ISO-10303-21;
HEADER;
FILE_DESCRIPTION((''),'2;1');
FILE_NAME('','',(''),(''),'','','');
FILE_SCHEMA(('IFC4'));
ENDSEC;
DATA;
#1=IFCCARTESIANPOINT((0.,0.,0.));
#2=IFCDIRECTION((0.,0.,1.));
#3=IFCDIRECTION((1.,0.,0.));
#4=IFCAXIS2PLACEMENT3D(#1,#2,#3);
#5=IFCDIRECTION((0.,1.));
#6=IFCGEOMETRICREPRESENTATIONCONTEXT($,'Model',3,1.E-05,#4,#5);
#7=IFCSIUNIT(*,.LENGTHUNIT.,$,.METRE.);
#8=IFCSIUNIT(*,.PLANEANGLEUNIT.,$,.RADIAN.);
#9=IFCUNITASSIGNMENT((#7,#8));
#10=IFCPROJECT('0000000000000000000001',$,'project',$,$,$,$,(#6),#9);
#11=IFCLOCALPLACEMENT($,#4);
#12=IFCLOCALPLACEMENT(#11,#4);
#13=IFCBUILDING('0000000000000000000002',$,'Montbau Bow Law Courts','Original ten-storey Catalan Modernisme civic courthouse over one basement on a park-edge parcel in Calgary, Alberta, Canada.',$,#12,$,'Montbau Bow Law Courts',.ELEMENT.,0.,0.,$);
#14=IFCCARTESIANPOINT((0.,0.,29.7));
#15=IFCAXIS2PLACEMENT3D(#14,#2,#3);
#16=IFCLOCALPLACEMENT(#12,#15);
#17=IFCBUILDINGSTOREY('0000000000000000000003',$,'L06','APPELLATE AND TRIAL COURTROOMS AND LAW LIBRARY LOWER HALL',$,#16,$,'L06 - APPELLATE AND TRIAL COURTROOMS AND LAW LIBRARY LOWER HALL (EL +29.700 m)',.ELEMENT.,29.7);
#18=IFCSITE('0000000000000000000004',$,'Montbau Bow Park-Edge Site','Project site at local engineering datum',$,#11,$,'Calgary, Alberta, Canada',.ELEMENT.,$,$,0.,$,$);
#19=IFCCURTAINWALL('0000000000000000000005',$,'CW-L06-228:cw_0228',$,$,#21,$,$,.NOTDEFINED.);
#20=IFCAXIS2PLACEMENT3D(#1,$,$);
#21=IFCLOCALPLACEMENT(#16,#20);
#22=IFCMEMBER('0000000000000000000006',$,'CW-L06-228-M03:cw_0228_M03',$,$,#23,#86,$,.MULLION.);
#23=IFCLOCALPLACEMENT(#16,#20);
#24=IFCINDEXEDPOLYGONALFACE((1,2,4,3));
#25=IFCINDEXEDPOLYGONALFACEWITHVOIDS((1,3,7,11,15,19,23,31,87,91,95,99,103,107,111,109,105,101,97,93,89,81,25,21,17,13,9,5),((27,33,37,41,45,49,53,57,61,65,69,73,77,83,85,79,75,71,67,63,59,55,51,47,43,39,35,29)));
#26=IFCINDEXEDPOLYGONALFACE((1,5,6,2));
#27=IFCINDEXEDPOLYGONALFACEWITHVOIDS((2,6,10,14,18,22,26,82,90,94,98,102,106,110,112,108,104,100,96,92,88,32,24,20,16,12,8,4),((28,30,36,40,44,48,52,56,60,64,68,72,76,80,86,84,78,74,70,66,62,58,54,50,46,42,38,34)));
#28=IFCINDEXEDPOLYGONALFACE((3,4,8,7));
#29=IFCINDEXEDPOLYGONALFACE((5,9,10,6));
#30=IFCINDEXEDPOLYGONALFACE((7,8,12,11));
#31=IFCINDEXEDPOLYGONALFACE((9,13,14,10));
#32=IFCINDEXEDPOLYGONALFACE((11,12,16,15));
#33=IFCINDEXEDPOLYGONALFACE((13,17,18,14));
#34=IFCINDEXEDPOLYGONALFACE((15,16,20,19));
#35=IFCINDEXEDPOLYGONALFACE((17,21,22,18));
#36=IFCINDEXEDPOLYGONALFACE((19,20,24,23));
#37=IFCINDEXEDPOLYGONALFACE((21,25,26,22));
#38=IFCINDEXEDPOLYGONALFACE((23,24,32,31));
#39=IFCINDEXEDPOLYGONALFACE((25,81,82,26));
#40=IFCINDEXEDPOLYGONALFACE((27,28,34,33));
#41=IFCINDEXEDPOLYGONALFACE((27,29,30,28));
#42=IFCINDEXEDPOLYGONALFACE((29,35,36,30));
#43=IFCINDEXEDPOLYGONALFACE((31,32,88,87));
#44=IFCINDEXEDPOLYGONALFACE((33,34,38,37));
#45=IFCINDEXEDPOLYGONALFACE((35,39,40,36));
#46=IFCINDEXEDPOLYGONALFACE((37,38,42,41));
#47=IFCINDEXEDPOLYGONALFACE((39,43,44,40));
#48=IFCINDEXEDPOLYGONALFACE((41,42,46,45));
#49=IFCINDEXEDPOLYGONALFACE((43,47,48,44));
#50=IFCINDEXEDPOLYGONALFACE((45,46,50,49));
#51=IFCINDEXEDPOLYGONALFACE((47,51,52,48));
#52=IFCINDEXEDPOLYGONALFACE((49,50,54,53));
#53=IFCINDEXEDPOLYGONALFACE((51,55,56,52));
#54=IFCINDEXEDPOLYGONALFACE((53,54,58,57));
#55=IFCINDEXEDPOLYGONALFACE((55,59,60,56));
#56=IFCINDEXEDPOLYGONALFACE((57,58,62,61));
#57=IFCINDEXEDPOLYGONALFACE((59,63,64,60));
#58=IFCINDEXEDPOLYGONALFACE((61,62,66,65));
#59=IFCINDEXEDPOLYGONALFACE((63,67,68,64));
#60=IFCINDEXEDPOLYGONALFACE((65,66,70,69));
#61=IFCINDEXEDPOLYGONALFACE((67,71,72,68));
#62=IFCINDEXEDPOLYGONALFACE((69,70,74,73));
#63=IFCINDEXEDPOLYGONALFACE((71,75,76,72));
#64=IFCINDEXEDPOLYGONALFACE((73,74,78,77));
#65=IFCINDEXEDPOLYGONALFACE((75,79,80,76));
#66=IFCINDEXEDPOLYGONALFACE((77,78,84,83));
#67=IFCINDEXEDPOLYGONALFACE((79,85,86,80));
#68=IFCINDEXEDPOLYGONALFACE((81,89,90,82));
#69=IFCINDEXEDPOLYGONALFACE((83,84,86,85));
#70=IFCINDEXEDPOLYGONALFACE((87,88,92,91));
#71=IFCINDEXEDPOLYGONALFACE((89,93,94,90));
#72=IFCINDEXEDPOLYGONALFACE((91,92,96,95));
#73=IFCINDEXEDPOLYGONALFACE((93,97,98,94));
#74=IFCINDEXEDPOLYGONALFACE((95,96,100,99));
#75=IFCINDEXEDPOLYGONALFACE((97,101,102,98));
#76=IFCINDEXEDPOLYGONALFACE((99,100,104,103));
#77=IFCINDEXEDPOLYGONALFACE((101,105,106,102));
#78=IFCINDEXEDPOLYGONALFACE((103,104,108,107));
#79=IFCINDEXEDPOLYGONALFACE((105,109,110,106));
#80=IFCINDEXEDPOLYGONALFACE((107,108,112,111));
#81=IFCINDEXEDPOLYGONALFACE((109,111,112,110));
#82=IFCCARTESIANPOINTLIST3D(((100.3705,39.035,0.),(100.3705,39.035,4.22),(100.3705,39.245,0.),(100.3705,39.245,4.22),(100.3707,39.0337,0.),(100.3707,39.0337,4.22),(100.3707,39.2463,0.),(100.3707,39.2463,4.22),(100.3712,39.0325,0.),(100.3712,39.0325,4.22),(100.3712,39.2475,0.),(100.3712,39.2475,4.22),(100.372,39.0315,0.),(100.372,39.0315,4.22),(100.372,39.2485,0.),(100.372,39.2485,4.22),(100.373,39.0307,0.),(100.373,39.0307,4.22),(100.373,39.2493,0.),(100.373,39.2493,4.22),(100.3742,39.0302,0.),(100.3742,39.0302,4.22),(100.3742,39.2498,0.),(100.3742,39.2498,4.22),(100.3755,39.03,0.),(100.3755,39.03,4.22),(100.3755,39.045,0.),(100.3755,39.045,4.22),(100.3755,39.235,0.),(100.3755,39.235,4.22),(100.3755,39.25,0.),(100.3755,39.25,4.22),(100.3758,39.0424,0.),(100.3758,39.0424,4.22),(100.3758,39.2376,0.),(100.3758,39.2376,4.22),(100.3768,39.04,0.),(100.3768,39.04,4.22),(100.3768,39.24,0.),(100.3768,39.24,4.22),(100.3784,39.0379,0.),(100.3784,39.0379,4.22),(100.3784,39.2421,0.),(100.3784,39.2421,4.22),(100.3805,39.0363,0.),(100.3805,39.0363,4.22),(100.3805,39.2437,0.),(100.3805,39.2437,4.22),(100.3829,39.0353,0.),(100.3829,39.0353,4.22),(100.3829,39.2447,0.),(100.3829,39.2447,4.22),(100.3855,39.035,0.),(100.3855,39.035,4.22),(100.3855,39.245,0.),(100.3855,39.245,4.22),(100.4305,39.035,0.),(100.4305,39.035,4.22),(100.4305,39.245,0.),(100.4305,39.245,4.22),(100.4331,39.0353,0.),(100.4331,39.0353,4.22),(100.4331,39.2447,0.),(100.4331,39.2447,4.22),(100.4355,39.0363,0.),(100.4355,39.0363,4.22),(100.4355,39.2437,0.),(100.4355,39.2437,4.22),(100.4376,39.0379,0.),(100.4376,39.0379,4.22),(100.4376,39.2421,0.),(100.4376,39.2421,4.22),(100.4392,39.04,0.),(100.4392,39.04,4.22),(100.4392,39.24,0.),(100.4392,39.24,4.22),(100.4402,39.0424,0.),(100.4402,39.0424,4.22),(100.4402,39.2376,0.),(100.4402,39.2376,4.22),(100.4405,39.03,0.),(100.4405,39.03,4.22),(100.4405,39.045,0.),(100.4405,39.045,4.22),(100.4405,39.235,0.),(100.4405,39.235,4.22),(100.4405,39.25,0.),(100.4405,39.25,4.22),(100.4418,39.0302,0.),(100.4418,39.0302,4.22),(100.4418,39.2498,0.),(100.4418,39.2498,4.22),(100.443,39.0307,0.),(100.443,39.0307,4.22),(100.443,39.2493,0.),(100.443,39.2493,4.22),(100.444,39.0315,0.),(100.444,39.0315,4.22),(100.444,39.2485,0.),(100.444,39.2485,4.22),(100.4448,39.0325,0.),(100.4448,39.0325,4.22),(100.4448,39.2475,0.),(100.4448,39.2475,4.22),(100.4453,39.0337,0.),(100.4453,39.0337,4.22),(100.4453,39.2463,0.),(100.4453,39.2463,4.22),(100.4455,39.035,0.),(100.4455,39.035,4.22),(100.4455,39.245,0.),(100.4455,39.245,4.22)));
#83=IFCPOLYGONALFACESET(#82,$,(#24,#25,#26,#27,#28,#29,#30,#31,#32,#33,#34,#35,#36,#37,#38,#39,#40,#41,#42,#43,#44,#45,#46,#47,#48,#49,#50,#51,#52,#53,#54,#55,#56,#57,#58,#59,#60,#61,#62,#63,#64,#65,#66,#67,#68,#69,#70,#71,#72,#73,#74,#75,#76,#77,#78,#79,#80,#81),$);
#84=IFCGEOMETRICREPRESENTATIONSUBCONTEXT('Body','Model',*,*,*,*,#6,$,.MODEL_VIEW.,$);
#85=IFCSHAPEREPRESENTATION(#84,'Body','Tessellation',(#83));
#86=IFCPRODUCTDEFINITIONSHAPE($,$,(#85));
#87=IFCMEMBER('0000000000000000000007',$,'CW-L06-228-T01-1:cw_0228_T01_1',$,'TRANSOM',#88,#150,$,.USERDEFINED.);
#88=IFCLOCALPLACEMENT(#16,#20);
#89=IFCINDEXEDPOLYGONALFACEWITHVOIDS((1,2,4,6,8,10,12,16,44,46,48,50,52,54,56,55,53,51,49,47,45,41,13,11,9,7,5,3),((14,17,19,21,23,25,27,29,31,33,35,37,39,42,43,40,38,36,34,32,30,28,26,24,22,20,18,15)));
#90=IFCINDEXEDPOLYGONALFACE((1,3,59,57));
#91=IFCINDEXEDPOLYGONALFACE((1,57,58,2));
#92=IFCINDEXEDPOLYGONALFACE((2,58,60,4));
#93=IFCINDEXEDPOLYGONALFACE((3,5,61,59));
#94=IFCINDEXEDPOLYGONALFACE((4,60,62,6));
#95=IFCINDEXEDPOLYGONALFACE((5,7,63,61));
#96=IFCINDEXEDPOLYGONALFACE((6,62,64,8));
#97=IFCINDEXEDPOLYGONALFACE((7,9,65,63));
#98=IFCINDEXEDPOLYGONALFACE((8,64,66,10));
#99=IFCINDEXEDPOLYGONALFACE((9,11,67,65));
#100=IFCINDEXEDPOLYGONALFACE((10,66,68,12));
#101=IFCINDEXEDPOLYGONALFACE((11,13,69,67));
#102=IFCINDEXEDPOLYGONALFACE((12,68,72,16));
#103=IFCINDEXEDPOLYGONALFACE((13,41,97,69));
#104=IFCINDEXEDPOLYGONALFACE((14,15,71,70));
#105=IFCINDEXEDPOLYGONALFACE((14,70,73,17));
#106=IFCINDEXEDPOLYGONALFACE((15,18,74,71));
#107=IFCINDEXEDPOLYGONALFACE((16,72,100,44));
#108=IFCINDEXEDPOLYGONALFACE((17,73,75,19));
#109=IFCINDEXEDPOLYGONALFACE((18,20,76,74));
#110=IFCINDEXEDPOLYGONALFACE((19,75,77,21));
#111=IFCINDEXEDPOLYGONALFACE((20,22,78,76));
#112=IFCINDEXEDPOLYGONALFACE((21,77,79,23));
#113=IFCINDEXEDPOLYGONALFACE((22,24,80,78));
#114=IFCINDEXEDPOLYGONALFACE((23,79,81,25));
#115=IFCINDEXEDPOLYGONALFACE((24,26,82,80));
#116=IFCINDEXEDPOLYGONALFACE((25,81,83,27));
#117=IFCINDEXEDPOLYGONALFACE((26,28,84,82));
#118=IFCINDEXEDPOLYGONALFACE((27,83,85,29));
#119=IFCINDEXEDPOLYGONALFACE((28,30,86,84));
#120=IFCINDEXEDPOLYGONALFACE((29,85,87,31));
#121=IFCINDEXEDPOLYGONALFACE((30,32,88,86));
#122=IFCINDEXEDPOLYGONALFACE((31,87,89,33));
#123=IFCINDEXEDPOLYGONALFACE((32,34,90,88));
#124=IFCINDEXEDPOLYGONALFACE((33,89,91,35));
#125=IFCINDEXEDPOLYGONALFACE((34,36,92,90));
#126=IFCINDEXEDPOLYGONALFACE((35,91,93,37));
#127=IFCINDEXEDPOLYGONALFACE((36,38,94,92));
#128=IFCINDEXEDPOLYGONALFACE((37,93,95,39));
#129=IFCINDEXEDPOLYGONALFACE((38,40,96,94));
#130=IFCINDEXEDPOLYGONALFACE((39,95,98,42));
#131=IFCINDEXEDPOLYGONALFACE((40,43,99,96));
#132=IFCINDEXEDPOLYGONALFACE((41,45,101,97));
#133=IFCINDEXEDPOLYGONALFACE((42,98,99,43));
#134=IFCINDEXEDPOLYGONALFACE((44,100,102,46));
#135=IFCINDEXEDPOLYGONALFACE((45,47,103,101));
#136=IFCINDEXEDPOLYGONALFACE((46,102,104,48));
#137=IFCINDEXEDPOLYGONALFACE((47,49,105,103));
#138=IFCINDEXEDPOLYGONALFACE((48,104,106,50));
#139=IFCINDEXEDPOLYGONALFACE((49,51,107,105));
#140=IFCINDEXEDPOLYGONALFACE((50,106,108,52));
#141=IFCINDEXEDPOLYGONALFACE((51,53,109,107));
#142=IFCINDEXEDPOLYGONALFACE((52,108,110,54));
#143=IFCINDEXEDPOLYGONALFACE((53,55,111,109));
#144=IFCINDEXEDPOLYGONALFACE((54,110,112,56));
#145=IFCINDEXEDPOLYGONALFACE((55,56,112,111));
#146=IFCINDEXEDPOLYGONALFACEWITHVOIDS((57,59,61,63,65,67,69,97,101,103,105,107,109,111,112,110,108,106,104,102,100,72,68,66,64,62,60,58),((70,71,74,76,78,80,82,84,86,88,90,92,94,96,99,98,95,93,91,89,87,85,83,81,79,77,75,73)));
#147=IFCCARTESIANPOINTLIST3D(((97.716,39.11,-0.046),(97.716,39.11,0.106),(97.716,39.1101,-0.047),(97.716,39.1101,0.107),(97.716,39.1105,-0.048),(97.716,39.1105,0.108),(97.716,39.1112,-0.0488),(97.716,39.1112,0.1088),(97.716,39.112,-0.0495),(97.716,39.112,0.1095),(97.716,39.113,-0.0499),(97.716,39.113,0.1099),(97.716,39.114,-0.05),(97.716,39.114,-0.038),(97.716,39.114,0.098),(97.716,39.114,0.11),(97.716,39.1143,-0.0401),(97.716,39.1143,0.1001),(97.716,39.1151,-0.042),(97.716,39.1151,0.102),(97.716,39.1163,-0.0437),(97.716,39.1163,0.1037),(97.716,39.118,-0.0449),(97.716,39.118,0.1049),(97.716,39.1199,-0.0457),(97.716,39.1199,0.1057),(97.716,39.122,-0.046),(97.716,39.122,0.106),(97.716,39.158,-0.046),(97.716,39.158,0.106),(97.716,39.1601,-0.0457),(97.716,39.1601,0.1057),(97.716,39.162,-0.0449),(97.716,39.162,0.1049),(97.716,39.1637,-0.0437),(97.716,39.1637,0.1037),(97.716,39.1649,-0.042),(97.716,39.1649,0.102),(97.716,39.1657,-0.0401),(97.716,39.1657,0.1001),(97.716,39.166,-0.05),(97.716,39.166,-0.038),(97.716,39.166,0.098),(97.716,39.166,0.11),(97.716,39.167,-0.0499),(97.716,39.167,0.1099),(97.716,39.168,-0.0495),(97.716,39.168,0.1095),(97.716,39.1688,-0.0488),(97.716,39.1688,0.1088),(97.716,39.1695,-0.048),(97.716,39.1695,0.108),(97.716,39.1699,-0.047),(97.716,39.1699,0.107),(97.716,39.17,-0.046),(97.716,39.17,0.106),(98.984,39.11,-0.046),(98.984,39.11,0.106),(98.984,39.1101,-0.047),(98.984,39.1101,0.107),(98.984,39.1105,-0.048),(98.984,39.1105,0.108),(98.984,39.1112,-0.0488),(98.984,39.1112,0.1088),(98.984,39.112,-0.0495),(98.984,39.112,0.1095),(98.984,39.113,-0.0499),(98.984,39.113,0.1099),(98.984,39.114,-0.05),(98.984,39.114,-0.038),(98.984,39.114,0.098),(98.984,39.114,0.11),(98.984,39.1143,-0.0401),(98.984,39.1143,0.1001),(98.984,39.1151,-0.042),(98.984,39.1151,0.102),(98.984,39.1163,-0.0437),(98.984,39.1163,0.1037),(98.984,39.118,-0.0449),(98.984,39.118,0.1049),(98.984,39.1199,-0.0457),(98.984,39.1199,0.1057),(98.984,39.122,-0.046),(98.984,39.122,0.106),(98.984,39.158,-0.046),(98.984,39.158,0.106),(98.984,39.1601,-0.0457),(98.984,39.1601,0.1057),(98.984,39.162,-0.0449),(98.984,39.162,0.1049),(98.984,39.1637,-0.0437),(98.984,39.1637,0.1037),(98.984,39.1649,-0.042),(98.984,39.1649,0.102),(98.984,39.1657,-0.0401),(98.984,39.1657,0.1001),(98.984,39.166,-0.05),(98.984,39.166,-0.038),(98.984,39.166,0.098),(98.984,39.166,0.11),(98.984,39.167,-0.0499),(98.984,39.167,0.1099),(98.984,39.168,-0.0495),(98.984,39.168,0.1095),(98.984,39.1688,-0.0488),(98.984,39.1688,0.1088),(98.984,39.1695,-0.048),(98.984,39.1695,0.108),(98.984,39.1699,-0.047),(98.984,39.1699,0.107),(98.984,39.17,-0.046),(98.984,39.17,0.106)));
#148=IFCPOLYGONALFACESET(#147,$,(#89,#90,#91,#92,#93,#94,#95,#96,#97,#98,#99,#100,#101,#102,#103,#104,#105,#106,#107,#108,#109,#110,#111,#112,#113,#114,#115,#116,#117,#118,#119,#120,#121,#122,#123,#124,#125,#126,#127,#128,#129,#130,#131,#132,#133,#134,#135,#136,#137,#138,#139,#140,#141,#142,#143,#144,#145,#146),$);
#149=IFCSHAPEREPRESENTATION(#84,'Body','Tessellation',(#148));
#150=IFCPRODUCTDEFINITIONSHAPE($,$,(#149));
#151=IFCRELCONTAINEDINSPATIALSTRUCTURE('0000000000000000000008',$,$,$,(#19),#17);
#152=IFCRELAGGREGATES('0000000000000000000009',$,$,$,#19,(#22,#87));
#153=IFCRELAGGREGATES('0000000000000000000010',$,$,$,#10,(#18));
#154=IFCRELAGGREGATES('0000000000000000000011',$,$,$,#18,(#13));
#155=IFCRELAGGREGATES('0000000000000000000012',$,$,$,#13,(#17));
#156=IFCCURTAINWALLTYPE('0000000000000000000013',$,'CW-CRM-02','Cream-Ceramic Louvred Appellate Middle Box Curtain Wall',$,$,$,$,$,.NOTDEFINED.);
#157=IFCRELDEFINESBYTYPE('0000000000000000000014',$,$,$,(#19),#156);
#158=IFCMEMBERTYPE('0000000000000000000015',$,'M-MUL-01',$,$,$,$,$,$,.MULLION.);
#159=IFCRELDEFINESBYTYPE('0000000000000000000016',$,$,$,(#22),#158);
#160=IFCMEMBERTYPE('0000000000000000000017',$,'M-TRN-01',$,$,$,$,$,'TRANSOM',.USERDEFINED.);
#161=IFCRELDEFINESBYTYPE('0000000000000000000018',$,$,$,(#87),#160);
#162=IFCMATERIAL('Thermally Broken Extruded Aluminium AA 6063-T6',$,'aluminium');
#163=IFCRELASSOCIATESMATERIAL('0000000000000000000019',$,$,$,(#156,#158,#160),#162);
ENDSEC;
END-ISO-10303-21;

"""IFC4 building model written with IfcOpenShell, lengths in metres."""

from ifc_helpers import new_model, si_unit, direction, frame, origin_with_axes, origin_2d_with_axis, place, context, subcontext, project, spatial, hollow_rectangle, extrude, material, material_profile, profile_set, type_object, element, aggregate, save


model = new_model("IFC4")

# Units and contexts
model_context = context("Model", 3, precision=1e-05, world=origin_with_axes(), true_north=direction((0.0, 1.0)))
body_context = subcontext(model_context, "Body", "Model", "MODEL_VIEW")
ifc_project = project(units=[si_unit("LENGTHUNIT", "METRE"), si_unit("PLANEANGLEUNIT", "RADIAN")], contexts=[model_context])

# Site, building, storey
site_placement = place(None, origin_with_axes())
site = spatial("IfcSite", under=ifc_project, at=site_placement, Name="Montbau Bow Park-Edge Site", Description="Project site at local engineering datum", LongName="Calgary, Alberta, Canada", CompositionType="ELEMENT", RefElevation=0.0)
building_placement = place(site_placement, origin_with_axes())
building = spatial("IfcBuilding", under=site, at=building_placement, Name="Montbau Bow Law Courts", Description="Original ten-storey Catalan Modernisme civic courthouse over one basement on a park-edge parcel in Calgary, Alberta, Canada.", LongName="Montbau Bow Law Courts", CompositionType="ELEMENT", ElevationOfRefHeight=0.0, ElevationOfTerrain=0.0)
storey_placement = place(building_placement, frame((0.0, 0.0, 29.7), z_axis=(0.0, 0.0, 1.0), x_axis=(1.0, 0.0, 0.0)))
storey = spatial("IfcBuildingStorey", under=building, at=storey_placement, Name="L06", Description="APPELLATE AND TRIAL COURTROOMS AND LAW LIBRARY LOWER HALL", LongName="L06 - APPELLATE AND TRIAL COURTROOMS AND LAW LIBRARY LOWER HALL (EL +29.700 m)", CompositionType="ELEMENT", Elevation=29.7)

# Curtain wall, members
ifc_material_1 = material(Name="Thermally Broken Extruded Aluminium AA 6063-T6", Category="aluminium")
curtain_wall_type = type_object("IfcCurtainWallType", Name="CW-CRM-02", Description="Cream-Ceramic Louvred Appellate Middle Box Curtain Wall", PredefinedType="NOTDEFINED", material=ifc_material_1)
curtain_wall_placement = place(None, frame((97.64, 39.14, 29.7), z_axis=(0.0, 0.0, 1.0), x_axis=(1.0, 0.0, 0.0)))
curtain_wall = element("IfcCurtainWall", 1, at=curtain_wall_placement, inside=storey, type_object=curtain_wall_type, Name="CW-L06-228:cw_0228", PredefinedType="NOTDEFINED")
ifc_material_profile_1 = material_profile(ifc_material_1, hollow_rectangle(XDim=0.075, YDim=0.22, WallThickness=0.005, InnerFilletRadius=0.01, OuterFilletRadius=0.005, at=origin_2d_with_axis()), Name="CWM-220X75", Category="Main", Priority=0)
ifc_profile_set_1 = profile_set([ifc_material_profile_1], Name="Thermally Broken Extruded Aluminium AA 6063-T6")
member_type_1 = type_object("IfcMemberType", Name="M-MUL-01", PredefinedType="MULLION", material=ifc_profile_set_1)
member_1_placement = place(None, frame((100.408, 39.14, 29.7), z_axis=(0.0, 0.0, 1.0), x_axis=(1.0, 0.0, 0.0)))
member_1 = element("IfcMember", 2, at=member_1_placement, type_object=member_type_1, Name="CW-L06-228-M03:cw_0228_M03", PredefinedType="MULLION", context=body_context, shape_type="SweptSolid", body=[
    extrude(hollow_rectangle(XDim=0.075, YDim=0.22, WallThickness=0.005, InnerFilletRadius=0.01, OuterFilletRadius=0.005, at=origin_2d_with_axis()), origin_with_axes(), (0.0, 0.0, 1.0), 4.22),
])
ifc_material_profile_2 = material_profile(ifc_material_1, hollow_rectangle(XDim=0.06, YDim=0.16, WallThickness=0.004, InnerFilletRadius=0.008, OuterFilletRadius=0.004, at=origin_2d_with_axis()), Name="CWT-160X60", Category="Main", Priority=0)
ifc_profile_set_2 = profile_set([ifc_material_profile_2], Name="Thermally Broken Extruded Aluminium AA 6063-T6")
member_type_2 = type_object("IfcMemberType", Name="M-TRN-01", ElementType="TRANSOM", PredefinedType="USERDEFINED", material=ifc_profile_set_2)
member_2_placement = place(None, frame((97.716, 39.14, 29.73), z_axis=(1.0, 0.0, 0.0), x_axis=(0.0, 1.0, 0.0)))
member_2 = element("IfcMember", 3, at=member_2_placement, type_object=member_type_2, Name="CW-L06-228-T01-1:cw_0228_T01_1", ObjectType="TRANSOM", PredefinedType="USERDEFINED", context=body_context, shape_type="SweptSolid", body=[
    extrude(hollow_rectangle(XDim=0.06, YDim=0.16, WallThickness=0.004, InnerFilletRadius=0.008, OuterFilletRadius=0.004, at=origin_2d_with_axis()), origin_with_axes(), (0.0, 0.0, 1.0), 1.268),
])
aggregate(curtain_wall, [member_1, member_2])

save(model, "model.ifc")
